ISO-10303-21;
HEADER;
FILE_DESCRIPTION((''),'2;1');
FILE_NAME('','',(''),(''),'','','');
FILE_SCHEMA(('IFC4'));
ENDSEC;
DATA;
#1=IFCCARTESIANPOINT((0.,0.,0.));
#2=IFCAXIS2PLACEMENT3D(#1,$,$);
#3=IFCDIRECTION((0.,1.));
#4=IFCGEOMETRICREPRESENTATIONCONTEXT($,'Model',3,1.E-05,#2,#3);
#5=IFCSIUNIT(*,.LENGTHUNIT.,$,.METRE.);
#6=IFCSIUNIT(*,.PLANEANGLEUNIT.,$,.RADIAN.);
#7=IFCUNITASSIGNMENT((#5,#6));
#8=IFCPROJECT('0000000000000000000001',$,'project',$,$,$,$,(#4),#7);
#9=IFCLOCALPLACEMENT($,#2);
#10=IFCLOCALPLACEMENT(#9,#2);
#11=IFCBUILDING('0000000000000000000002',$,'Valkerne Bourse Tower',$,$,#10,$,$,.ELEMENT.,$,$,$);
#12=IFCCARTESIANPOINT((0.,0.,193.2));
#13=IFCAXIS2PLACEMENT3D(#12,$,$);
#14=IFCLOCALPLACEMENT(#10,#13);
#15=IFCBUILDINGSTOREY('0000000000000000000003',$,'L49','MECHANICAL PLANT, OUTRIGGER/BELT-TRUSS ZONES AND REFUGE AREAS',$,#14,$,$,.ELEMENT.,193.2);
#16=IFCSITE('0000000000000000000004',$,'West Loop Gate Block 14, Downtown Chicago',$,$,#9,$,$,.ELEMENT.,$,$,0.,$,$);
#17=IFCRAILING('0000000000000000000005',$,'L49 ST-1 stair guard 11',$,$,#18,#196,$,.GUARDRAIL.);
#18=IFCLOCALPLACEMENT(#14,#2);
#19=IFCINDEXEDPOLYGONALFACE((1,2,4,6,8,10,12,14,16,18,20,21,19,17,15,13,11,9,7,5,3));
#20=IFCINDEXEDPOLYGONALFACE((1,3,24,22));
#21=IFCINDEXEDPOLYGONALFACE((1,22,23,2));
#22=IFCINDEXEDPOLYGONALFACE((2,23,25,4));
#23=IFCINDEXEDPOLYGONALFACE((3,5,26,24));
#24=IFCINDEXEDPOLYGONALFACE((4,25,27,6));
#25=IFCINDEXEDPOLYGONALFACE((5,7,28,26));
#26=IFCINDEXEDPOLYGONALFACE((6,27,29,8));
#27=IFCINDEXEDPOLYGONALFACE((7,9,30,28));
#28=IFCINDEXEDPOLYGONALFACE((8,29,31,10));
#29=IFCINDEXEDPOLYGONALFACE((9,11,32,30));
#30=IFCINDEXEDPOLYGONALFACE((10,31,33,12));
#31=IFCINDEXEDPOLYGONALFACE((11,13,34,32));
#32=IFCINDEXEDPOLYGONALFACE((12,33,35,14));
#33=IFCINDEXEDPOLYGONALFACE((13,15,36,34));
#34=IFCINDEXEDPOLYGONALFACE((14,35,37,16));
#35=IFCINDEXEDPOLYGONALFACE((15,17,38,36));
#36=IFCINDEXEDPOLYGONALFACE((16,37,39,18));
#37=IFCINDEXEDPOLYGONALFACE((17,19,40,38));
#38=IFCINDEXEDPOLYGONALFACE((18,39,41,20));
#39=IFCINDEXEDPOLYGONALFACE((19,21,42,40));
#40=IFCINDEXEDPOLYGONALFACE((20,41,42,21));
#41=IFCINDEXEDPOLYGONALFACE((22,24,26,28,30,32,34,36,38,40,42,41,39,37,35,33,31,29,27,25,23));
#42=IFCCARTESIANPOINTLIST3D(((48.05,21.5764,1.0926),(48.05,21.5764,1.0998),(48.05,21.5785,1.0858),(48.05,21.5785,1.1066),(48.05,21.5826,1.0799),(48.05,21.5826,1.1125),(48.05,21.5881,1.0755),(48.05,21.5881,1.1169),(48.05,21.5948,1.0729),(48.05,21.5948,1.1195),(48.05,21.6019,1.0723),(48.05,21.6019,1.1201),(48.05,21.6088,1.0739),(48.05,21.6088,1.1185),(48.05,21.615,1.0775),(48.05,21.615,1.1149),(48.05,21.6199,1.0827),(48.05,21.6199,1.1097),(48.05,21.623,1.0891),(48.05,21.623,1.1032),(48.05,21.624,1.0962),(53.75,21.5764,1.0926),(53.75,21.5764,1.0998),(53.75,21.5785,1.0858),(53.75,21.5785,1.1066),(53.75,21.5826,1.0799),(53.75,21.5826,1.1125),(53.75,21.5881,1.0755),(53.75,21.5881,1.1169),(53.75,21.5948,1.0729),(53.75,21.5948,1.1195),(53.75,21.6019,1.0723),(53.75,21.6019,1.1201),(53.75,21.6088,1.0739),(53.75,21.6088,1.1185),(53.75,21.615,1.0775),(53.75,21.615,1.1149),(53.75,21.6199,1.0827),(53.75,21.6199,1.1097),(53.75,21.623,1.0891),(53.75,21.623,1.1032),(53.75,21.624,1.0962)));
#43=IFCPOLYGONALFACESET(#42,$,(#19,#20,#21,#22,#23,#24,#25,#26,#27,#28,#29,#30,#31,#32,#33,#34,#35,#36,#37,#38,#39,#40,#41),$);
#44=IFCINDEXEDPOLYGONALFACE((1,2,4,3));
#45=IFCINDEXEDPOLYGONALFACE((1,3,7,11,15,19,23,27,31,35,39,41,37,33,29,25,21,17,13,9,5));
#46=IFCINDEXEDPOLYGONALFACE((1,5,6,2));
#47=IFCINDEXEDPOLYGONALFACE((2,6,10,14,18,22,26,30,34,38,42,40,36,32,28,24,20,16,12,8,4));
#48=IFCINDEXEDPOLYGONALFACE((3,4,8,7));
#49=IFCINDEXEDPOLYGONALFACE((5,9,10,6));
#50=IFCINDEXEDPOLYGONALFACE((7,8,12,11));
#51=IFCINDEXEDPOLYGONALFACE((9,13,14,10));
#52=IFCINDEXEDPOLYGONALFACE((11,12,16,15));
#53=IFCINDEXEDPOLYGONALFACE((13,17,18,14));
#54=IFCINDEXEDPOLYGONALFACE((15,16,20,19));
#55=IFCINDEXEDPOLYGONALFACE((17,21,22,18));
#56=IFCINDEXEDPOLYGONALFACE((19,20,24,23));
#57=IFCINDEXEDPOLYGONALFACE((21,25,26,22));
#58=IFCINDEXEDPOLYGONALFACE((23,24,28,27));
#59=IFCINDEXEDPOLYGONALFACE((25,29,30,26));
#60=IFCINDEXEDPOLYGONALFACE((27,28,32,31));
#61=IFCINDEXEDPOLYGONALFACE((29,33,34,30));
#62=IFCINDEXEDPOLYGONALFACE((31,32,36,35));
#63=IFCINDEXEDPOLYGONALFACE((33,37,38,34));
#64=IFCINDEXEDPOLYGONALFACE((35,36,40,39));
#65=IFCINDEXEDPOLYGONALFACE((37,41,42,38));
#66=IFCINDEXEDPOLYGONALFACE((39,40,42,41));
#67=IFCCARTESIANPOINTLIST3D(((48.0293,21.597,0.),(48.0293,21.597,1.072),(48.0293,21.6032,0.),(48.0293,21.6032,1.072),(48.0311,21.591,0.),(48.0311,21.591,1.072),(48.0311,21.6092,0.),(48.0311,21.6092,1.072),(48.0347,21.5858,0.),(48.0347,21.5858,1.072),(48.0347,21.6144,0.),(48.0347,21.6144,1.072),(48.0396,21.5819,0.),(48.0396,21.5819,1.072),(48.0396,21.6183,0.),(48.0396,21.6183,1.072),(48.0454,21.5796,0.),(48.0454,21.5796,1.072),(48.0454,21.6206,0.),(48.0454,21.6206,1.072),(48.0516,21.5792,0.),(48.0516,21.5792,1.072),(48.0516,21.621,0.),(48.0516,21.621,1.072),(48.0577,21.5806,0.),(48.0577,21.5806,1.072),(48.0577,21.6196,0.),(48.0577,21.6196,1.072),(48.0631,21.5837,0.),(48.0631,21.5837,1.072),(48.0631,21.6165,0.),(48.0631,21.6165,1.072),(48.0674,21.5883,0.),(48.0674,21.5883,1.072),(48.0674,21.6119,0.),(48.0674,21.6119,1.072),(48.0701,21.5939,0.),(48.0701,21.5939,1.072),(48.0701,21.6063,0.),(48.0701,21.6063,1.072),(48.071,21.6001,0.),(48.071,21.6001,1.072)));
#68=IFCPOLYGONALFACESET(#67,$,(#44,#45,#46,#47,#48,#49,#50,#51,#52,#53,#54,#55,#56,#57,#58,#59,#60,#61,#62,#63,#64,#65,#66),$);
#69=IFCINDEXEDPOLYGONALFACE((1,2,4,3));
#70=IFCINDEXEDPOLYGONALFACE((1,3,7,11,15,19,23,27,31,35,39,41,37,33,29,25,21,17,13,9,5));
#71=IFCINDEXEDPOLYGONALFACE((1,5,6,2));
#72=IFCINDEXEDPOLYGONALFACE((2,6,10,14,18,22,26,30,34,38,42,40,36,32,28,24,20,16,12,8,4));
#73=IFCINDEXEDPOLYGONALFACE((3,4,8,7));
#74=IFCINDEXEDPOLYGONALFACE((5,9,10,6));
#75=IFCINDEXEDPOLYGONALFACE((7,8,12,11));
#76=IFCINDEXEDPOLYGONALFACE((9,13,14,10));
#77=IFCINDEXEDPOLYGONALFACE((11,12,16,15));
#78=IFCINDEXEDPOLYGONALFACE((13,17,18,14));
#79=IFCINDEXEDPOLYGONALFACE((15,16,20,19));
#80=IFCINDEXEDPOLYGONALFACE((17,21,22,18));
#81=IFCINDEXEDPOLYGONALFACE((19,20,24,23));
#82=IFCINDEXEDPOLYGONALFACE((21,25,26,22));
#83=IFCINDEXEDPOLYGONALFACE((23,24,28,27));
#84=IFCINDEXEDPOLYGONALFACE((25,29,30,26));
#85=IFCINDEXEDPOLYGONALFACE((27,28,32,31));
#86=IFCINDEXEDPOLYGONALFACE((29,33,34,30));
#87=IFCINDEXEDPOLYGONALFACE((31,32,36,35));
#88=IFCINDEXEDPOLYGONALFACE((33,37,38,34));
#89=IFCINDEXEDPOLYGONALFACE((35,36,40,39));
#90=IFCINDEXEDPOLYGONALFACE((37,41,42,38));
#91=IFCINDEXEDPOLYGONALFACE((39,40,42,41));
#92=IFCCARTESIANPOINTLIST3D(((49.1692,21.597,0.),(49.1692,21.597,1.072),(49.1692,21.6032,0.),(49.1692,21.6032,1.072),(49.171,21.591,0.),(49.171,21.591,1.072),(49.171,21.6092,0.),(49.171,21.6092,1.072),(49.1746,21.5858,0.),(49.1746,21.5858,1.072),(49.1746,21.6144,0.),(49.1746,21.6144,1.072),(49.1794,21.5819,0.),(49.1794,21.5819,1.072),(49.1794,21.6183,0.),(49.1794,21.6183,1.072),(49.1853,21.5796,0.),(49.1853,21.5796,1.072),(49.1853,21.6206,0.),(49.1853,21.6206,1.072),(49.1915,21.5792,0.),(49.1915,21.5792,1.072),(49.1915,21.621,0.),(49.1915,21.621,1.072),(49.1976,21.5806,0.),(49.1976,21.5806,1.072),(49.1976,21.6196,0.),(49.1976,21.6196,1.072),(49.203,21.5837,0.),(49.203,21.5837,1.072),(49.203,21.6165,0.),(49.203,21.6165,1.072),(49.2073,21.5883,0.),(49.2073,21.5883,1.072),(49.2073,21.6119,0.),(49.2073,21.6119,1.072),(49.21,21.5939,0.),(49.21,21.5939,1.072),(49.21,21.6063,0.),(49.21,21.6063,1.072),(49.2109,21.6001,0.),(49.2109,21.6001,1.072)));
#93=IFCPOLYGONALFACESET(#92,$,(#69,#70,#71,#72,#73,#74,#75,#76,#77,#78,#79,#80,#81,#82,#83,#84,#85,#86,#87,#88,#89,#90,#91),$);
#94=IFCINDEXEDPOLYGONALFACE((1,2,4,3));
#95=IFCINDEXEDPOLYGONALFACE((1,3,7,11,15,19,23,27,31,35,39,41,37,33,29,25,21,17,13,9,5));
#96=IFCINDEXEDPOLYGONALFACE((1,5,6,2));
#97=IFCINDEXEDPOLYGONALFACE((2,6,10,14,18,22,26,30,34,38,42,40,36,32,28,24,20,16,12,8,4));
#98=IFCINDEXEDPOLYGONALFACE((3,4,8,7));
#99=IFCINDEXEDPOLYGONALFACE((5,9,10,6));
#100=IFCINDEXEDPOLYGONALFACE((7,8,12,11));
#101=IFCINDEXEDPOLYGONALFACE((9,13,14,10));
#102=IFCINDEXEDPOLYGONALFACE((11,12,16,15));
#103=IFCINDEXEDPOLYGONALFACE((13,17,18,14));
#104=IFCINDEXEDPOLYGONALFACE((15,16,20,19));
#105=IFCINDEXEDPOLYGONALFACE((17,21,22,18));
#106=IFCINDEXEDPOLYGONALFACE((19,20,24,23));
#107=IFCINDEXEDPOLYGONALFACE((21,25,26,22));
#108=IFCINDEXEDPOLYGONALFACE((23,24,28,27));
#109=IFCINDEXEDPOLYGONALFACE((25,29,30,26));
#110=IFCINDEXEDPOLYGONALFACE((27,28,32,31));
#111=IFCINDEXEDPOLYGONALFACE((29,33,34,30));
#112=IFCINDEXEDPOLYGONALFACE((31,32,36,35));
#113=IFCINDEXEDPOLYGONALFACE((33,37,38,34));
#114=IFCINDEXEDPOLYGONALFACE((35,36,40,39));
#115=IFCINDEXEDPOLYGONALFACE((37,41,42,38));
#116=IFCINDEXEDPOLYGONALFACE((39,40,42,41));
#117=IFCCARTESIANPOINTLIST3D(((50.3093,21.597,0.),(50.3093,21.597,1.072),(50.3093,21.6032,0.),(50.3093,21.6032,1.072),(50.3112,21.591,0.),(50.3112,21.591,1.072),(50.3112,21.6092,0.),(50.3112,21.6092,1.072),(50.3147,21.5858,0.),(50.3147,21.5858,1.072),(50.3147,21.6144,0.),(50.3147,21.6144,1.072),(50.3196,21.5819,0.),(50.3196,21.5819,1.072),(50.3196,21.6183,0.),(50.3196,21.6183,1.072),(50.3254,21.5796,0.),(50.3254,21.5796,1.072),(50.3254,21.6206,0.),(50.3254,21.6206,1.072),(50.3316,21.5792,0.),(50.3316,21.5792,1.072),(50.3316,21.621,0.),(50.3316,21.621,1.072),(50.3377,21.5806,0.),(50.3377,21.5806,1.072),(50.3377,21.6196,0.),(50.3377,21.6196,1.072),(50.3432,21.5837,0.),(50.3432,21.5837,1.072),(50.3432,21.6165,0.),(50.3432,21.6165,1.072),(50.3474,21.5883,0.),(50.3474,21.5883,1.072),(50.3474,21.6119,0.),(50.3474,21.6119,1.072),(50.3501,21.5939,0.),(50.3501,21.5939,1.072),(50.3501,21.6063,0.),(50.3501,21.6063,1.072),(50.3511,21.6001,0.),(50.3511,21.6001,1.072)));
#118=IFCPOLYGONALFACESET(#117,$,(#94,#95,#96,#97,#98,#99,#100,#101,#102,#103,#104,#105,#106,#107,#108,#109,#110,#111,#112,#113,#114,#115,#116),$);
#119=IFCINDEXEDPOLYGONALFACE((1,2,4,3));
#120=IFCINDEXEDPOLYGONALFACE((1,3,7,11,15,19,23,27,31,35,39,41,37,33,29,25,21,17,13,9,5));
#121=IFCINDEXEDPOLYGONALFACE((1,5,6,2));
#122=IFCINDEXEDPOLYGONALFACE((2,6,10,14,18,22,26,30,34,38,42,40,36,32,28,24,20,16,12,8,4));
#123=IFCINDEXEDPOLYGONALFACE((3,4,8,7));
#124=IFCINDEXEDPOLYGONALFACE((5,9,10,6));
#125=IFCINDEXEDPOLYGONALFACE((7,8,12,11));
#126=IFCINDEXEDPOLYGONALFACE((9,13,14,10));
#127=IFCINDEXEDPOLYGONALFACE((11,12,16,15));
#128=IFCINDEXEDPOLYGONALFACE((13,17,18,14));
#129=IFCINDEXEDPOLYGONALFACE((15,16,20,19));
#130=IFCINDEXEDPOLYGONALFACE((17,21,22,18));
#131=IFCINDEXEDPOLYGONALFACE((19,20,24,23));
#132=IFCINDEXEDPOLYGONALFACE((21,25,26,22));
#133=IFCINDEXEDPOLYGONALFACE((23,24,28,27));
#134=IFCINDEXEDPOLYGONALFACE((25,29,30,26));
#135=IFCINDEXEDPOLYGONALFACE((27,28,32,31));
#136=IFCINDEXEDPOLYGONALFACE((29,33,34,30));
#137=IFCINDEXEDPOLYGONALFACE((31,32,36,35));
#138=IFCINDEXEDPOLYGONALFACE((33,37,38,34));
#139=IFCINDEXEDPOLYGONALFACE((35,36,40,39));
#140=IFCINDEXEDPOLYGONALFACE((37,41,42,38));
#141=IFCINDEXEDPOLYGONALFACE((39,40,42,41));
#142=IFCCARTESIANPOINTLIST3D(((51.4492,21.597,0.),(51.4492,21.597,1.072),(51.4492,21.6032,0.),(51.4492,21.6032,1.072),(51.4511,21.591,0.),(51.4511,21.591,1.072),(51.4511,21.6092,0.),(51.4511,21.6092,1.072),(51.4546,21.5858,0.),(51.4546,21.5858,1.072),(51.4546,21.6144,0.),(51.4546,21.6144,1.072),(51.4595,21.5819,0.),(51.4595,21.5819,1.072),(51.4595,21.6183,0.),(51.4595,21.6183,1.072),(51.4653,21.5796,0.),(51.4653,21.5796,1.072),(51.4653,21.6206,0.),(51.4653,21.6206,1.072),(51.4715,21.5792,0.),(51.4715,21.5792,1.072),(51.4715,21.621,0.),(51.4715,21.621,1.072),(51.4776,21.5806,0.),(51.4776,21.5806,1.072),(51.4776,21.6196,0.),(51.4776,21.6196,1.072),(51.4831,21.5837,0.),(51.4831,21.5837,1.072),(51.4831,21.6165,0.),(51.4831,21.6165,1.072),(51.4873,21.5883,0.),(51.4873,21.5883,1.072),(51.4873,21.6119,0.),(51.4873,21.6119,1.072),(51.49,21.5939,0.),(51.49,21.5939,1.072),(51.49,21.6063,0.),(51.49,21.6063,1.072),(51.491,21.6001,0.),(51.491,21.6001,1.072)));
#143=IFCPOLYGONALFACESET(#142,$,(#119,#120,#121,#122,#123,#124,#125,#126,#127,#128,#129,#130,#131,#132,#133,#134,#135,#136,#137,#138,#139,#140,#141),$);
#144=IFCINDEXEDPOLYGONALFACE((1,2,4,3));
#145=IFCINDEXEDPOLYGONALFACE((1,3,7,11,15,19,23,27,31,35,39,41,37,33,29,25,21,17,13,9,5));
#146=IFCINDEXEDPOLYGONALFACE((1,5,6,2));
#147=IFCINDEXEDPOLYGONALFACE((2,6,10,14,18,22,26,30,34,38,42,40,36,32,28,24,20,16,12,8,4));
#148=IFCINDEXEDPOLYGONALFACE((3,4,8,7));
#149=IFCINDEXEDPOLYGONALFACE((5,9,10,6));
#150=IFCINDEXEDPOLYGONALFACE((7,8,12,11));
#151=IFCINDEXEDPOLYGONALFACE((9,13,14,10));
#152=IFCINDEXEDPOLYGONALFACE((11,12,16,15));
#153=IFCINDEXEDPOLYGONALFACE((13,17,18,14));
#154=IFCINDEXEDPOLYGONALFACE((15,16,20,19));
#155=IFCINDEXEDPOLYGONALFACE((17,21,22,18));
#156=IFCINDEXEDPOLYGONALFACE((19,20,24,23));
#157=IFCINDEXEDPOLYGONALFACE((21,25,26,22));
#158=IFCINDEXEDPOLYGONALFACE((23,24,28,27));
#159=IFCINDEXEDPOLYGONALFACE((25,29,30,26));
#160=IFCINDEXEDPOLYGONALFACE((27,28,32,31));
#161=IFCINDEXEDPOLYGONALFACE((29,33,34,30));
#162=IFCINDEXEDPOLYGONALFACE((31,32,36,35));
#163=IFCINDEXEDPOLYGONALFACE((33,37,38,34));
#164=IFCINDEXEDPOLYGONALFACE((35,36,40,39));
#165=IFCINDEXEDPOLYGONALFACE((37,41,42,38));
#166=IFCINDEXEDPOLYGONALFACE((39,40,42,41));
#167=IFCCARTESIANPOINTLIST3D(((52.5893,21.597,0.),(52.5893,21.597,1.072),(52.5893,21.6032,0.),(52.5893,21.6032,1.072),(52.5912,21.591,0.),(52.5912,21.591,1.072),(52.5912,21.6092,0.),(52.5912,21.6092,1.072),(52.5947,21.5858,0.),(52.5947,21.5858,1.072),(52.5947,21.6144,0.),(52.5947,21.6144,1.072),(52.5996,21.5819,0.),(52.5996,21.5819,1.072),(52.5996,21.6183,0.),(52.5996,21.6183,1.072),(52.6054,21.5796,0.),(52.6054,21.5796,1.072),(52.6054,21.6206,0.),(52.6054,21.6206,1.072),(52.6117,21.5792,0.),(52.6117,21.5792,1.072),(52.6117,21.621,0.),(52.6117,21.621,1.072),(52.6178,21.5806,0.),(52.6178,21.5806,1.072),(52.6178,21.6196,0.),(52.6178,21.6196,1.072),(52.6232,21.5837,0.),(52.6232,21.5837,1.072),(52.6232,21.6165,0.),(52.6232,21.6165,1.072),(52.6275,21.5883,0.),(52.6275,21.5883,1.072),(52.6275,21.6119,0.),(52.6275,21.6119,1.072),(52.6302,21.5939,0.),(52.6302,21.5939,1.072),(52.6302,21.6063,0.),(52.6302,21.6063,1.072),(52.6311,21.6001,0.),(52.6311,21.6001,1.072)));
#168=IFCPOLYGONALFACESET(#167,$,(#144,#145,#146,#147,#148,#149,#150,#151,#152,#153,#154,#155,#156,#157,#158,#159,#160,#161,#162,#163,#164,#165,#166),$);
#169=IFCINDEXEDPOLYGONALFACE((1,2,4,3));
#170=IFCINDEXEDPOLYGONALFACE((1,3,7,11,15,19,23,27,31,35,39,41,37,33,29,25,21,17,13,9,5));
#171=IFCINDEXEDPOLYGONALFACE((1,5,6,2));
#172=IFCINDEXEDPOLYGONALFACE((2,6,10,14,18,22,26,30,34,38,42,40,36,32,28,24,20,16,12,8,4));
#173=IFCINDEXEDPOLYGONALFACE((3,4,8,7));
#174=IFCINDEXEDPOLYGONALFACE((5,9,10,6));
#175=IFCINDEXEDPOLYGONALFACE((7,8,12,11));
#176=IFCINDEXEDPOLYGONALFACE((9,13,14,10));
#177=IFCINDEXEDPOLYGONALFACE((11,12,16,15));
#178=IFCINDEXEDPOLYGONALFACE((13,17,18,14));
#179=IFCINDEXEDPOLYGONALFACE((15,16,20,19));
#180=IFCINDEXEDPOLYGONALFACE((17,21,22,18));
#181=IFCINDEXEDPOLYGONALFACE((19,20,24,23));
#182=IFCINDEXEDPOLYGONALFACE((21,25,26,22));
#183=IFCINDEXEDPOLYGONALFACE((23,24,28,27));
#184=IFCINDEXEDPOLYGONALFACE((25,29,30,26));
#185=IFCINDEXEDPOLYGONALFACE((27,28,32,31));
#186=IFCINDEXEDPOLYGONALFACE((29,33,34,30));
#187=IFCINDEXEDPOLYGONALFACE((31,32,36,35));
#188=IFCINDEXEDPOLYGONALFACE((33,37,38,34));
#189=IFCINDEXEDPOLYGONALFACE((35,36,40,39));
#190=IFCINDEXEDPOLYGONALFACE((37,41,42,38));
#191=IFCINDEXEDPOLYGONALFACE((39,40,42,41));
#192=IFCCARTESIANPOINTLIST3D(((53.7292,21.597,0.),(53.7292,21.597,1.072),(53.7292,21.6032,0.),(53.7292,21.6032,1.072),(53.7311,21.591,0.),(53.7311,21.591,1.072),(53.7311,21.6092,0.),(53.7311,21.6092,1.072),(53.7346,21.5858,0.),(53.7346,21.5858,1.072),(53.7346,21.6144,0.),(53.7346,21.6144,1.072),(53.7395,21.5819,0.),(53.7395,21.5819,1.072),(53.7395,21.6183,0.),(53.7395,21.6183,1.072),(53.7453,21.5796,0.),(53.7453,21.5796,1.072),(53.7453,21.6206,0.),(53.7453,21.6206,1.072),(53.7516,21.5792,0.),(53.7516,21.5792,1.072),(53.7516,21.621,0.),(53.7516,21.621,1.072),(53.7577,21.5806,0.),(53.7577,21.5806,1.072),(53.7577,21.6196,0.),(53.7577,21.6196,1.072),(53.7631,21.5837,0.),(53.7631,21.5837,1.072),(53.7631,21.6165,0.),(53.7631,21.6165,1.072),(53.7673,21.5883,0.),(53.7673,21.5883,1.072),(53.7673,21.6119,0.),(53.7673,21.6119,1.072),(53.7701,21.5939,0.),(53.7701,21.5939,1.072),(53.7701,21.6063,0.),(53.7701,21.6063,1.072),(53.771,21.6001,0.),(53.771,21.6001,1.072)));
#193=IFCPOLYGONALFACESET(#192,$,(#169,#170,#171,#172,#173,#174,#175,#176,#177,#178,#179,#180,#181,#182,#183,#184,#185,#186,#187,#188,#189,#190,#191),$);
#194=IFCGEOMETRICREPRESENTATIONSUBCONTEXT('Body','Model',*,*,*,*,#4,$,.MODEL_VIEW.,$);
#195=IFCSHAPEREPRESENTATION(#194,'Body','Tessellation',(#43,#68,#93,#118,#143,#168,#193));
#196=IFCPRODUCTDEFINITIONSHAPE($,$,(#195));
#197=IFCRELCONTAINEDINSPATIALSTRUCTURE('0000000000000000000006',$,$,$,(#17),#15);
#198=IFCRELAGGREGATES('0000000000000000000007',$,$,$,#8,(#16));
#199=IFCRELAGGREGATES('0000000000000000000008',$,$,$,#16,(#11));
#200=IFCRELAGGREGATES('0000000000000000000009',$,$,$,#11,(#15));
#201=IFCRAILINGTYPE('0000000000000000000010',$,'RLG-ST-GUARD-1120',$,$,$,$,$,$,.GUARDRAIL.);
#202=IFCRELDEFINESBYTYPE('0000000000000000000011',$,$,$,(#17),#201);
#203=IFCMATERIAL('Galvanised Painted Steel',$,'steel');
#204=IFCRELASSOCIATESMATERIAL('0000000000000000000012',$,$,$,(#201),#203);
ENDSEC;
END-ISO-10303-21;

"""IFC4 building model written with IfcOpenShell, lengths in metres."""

from ifc_helpers import new_model, si_unit, direction, frame, origin, origin_2d, place, context, subcontext, project, spatial, circle, extrude, material, type_object, element, save


model = new_model("IFC4")

# Units and contexts
model_context = context("Model", 3, precision=1e-05, world=origin(), true_north=direction((0.0, 1.0)))
body_context = subcontext(model_context, "Body", "Model", "MODEL_VIEW")
ifc_project = project(units=[si_unit("LENGTHUNIT", "METRE"), si_unit("PLANEANGLEUNIT", "RADIAN")], contexts=[model_context])

# Site, building, storey
site_placement = place(None, origin())
site = spatial("IfcSite", under=ifc_project, at=site_placement, Name="West Loop Gate Block 14, Downtown Chicago", CompositionType="ELEMENT", RefElevation=0.0)
building_placement = place(site_placement, origin())
building = spatial("IfcBuilding", under=site, at=building_placement, Name="Valkerne Bourse Tower", CompositionType="ELEMENT")
storey_placement = place(building_placement, frame((0.0, 0.0, 193.2)))
storey = spatial("IfcBuildingStorey", under=building, at=storey_placement, Name="L49", Description="MECHANICAL PLANT, OUTRIGGER/BELT-TRUSS ZONES AND REFUGE AREAS", CompositionType="ELEMENT", Elevation=193.2)

# Shared definitions
ifc_material_1 = material(Name="Galvanised Painted Steel", Category="steel")

# Railing
railing_type_1 = type_object("IfcRailingType", Name="RLG-ST-GUARD-1120", PredefinedType="GUARDRAIL", material=ifc_material_1)
railing_1_placement = place(storey_placement, frame((48.05, 21.6001, 0.0)))
element("IfcRailing", 1, at=railing_1_placement, inside=storey, type_object=railing_type_1, Name="L49 ST-1 stair guard 11", PredefinedType="GUARDRAIL", context=body_context, shape_type="SweptSolid", body=[
    extrude(circle(Radius=0.0239, at=origin_2d()), frame((0.0, 0.0, 1.0962), z_axis=(1.0, 0.0, 0.0), x_axis=(0.0, 1.0, 0.0)), (0.0, 0.0, 1.0), 5.7),
    extrude(circle(Radius=0.021, at=origin_2d()), origin(), (0.0, 0.0, 1.0), 1.072),
    extrude(circle(Radius=0.021, at=origin_2d()), frame((1.1399, 0.0, 0.0)), (0.0, 0.0, 1.0), 1.072),
    extrude(circle(Radius=0.021, at=origin_2d()), frame((2.28, 0.0, 0.0)), (0.0, 0.0, 1.0), 1.072),
    extrude(circle(Radius=0.021, at=origin_2d()), frame((3.4199, 0.0, 0.0)), (0.0, 0.0, 1.0), 1.072),
    extrude(circle(Radius=0.021, at=origin_2d()), frame((4.5601, 0.0, 0.0)), (0.0, 0.0, 1.0), 1.072),
    extrude(circle(Radius=0.021, at=origin_2d()), frame((5.7, 0.0, 0.0)), (0.0, 0.0, 1.0), 1.072),
])

save(model, "model.ifc")
